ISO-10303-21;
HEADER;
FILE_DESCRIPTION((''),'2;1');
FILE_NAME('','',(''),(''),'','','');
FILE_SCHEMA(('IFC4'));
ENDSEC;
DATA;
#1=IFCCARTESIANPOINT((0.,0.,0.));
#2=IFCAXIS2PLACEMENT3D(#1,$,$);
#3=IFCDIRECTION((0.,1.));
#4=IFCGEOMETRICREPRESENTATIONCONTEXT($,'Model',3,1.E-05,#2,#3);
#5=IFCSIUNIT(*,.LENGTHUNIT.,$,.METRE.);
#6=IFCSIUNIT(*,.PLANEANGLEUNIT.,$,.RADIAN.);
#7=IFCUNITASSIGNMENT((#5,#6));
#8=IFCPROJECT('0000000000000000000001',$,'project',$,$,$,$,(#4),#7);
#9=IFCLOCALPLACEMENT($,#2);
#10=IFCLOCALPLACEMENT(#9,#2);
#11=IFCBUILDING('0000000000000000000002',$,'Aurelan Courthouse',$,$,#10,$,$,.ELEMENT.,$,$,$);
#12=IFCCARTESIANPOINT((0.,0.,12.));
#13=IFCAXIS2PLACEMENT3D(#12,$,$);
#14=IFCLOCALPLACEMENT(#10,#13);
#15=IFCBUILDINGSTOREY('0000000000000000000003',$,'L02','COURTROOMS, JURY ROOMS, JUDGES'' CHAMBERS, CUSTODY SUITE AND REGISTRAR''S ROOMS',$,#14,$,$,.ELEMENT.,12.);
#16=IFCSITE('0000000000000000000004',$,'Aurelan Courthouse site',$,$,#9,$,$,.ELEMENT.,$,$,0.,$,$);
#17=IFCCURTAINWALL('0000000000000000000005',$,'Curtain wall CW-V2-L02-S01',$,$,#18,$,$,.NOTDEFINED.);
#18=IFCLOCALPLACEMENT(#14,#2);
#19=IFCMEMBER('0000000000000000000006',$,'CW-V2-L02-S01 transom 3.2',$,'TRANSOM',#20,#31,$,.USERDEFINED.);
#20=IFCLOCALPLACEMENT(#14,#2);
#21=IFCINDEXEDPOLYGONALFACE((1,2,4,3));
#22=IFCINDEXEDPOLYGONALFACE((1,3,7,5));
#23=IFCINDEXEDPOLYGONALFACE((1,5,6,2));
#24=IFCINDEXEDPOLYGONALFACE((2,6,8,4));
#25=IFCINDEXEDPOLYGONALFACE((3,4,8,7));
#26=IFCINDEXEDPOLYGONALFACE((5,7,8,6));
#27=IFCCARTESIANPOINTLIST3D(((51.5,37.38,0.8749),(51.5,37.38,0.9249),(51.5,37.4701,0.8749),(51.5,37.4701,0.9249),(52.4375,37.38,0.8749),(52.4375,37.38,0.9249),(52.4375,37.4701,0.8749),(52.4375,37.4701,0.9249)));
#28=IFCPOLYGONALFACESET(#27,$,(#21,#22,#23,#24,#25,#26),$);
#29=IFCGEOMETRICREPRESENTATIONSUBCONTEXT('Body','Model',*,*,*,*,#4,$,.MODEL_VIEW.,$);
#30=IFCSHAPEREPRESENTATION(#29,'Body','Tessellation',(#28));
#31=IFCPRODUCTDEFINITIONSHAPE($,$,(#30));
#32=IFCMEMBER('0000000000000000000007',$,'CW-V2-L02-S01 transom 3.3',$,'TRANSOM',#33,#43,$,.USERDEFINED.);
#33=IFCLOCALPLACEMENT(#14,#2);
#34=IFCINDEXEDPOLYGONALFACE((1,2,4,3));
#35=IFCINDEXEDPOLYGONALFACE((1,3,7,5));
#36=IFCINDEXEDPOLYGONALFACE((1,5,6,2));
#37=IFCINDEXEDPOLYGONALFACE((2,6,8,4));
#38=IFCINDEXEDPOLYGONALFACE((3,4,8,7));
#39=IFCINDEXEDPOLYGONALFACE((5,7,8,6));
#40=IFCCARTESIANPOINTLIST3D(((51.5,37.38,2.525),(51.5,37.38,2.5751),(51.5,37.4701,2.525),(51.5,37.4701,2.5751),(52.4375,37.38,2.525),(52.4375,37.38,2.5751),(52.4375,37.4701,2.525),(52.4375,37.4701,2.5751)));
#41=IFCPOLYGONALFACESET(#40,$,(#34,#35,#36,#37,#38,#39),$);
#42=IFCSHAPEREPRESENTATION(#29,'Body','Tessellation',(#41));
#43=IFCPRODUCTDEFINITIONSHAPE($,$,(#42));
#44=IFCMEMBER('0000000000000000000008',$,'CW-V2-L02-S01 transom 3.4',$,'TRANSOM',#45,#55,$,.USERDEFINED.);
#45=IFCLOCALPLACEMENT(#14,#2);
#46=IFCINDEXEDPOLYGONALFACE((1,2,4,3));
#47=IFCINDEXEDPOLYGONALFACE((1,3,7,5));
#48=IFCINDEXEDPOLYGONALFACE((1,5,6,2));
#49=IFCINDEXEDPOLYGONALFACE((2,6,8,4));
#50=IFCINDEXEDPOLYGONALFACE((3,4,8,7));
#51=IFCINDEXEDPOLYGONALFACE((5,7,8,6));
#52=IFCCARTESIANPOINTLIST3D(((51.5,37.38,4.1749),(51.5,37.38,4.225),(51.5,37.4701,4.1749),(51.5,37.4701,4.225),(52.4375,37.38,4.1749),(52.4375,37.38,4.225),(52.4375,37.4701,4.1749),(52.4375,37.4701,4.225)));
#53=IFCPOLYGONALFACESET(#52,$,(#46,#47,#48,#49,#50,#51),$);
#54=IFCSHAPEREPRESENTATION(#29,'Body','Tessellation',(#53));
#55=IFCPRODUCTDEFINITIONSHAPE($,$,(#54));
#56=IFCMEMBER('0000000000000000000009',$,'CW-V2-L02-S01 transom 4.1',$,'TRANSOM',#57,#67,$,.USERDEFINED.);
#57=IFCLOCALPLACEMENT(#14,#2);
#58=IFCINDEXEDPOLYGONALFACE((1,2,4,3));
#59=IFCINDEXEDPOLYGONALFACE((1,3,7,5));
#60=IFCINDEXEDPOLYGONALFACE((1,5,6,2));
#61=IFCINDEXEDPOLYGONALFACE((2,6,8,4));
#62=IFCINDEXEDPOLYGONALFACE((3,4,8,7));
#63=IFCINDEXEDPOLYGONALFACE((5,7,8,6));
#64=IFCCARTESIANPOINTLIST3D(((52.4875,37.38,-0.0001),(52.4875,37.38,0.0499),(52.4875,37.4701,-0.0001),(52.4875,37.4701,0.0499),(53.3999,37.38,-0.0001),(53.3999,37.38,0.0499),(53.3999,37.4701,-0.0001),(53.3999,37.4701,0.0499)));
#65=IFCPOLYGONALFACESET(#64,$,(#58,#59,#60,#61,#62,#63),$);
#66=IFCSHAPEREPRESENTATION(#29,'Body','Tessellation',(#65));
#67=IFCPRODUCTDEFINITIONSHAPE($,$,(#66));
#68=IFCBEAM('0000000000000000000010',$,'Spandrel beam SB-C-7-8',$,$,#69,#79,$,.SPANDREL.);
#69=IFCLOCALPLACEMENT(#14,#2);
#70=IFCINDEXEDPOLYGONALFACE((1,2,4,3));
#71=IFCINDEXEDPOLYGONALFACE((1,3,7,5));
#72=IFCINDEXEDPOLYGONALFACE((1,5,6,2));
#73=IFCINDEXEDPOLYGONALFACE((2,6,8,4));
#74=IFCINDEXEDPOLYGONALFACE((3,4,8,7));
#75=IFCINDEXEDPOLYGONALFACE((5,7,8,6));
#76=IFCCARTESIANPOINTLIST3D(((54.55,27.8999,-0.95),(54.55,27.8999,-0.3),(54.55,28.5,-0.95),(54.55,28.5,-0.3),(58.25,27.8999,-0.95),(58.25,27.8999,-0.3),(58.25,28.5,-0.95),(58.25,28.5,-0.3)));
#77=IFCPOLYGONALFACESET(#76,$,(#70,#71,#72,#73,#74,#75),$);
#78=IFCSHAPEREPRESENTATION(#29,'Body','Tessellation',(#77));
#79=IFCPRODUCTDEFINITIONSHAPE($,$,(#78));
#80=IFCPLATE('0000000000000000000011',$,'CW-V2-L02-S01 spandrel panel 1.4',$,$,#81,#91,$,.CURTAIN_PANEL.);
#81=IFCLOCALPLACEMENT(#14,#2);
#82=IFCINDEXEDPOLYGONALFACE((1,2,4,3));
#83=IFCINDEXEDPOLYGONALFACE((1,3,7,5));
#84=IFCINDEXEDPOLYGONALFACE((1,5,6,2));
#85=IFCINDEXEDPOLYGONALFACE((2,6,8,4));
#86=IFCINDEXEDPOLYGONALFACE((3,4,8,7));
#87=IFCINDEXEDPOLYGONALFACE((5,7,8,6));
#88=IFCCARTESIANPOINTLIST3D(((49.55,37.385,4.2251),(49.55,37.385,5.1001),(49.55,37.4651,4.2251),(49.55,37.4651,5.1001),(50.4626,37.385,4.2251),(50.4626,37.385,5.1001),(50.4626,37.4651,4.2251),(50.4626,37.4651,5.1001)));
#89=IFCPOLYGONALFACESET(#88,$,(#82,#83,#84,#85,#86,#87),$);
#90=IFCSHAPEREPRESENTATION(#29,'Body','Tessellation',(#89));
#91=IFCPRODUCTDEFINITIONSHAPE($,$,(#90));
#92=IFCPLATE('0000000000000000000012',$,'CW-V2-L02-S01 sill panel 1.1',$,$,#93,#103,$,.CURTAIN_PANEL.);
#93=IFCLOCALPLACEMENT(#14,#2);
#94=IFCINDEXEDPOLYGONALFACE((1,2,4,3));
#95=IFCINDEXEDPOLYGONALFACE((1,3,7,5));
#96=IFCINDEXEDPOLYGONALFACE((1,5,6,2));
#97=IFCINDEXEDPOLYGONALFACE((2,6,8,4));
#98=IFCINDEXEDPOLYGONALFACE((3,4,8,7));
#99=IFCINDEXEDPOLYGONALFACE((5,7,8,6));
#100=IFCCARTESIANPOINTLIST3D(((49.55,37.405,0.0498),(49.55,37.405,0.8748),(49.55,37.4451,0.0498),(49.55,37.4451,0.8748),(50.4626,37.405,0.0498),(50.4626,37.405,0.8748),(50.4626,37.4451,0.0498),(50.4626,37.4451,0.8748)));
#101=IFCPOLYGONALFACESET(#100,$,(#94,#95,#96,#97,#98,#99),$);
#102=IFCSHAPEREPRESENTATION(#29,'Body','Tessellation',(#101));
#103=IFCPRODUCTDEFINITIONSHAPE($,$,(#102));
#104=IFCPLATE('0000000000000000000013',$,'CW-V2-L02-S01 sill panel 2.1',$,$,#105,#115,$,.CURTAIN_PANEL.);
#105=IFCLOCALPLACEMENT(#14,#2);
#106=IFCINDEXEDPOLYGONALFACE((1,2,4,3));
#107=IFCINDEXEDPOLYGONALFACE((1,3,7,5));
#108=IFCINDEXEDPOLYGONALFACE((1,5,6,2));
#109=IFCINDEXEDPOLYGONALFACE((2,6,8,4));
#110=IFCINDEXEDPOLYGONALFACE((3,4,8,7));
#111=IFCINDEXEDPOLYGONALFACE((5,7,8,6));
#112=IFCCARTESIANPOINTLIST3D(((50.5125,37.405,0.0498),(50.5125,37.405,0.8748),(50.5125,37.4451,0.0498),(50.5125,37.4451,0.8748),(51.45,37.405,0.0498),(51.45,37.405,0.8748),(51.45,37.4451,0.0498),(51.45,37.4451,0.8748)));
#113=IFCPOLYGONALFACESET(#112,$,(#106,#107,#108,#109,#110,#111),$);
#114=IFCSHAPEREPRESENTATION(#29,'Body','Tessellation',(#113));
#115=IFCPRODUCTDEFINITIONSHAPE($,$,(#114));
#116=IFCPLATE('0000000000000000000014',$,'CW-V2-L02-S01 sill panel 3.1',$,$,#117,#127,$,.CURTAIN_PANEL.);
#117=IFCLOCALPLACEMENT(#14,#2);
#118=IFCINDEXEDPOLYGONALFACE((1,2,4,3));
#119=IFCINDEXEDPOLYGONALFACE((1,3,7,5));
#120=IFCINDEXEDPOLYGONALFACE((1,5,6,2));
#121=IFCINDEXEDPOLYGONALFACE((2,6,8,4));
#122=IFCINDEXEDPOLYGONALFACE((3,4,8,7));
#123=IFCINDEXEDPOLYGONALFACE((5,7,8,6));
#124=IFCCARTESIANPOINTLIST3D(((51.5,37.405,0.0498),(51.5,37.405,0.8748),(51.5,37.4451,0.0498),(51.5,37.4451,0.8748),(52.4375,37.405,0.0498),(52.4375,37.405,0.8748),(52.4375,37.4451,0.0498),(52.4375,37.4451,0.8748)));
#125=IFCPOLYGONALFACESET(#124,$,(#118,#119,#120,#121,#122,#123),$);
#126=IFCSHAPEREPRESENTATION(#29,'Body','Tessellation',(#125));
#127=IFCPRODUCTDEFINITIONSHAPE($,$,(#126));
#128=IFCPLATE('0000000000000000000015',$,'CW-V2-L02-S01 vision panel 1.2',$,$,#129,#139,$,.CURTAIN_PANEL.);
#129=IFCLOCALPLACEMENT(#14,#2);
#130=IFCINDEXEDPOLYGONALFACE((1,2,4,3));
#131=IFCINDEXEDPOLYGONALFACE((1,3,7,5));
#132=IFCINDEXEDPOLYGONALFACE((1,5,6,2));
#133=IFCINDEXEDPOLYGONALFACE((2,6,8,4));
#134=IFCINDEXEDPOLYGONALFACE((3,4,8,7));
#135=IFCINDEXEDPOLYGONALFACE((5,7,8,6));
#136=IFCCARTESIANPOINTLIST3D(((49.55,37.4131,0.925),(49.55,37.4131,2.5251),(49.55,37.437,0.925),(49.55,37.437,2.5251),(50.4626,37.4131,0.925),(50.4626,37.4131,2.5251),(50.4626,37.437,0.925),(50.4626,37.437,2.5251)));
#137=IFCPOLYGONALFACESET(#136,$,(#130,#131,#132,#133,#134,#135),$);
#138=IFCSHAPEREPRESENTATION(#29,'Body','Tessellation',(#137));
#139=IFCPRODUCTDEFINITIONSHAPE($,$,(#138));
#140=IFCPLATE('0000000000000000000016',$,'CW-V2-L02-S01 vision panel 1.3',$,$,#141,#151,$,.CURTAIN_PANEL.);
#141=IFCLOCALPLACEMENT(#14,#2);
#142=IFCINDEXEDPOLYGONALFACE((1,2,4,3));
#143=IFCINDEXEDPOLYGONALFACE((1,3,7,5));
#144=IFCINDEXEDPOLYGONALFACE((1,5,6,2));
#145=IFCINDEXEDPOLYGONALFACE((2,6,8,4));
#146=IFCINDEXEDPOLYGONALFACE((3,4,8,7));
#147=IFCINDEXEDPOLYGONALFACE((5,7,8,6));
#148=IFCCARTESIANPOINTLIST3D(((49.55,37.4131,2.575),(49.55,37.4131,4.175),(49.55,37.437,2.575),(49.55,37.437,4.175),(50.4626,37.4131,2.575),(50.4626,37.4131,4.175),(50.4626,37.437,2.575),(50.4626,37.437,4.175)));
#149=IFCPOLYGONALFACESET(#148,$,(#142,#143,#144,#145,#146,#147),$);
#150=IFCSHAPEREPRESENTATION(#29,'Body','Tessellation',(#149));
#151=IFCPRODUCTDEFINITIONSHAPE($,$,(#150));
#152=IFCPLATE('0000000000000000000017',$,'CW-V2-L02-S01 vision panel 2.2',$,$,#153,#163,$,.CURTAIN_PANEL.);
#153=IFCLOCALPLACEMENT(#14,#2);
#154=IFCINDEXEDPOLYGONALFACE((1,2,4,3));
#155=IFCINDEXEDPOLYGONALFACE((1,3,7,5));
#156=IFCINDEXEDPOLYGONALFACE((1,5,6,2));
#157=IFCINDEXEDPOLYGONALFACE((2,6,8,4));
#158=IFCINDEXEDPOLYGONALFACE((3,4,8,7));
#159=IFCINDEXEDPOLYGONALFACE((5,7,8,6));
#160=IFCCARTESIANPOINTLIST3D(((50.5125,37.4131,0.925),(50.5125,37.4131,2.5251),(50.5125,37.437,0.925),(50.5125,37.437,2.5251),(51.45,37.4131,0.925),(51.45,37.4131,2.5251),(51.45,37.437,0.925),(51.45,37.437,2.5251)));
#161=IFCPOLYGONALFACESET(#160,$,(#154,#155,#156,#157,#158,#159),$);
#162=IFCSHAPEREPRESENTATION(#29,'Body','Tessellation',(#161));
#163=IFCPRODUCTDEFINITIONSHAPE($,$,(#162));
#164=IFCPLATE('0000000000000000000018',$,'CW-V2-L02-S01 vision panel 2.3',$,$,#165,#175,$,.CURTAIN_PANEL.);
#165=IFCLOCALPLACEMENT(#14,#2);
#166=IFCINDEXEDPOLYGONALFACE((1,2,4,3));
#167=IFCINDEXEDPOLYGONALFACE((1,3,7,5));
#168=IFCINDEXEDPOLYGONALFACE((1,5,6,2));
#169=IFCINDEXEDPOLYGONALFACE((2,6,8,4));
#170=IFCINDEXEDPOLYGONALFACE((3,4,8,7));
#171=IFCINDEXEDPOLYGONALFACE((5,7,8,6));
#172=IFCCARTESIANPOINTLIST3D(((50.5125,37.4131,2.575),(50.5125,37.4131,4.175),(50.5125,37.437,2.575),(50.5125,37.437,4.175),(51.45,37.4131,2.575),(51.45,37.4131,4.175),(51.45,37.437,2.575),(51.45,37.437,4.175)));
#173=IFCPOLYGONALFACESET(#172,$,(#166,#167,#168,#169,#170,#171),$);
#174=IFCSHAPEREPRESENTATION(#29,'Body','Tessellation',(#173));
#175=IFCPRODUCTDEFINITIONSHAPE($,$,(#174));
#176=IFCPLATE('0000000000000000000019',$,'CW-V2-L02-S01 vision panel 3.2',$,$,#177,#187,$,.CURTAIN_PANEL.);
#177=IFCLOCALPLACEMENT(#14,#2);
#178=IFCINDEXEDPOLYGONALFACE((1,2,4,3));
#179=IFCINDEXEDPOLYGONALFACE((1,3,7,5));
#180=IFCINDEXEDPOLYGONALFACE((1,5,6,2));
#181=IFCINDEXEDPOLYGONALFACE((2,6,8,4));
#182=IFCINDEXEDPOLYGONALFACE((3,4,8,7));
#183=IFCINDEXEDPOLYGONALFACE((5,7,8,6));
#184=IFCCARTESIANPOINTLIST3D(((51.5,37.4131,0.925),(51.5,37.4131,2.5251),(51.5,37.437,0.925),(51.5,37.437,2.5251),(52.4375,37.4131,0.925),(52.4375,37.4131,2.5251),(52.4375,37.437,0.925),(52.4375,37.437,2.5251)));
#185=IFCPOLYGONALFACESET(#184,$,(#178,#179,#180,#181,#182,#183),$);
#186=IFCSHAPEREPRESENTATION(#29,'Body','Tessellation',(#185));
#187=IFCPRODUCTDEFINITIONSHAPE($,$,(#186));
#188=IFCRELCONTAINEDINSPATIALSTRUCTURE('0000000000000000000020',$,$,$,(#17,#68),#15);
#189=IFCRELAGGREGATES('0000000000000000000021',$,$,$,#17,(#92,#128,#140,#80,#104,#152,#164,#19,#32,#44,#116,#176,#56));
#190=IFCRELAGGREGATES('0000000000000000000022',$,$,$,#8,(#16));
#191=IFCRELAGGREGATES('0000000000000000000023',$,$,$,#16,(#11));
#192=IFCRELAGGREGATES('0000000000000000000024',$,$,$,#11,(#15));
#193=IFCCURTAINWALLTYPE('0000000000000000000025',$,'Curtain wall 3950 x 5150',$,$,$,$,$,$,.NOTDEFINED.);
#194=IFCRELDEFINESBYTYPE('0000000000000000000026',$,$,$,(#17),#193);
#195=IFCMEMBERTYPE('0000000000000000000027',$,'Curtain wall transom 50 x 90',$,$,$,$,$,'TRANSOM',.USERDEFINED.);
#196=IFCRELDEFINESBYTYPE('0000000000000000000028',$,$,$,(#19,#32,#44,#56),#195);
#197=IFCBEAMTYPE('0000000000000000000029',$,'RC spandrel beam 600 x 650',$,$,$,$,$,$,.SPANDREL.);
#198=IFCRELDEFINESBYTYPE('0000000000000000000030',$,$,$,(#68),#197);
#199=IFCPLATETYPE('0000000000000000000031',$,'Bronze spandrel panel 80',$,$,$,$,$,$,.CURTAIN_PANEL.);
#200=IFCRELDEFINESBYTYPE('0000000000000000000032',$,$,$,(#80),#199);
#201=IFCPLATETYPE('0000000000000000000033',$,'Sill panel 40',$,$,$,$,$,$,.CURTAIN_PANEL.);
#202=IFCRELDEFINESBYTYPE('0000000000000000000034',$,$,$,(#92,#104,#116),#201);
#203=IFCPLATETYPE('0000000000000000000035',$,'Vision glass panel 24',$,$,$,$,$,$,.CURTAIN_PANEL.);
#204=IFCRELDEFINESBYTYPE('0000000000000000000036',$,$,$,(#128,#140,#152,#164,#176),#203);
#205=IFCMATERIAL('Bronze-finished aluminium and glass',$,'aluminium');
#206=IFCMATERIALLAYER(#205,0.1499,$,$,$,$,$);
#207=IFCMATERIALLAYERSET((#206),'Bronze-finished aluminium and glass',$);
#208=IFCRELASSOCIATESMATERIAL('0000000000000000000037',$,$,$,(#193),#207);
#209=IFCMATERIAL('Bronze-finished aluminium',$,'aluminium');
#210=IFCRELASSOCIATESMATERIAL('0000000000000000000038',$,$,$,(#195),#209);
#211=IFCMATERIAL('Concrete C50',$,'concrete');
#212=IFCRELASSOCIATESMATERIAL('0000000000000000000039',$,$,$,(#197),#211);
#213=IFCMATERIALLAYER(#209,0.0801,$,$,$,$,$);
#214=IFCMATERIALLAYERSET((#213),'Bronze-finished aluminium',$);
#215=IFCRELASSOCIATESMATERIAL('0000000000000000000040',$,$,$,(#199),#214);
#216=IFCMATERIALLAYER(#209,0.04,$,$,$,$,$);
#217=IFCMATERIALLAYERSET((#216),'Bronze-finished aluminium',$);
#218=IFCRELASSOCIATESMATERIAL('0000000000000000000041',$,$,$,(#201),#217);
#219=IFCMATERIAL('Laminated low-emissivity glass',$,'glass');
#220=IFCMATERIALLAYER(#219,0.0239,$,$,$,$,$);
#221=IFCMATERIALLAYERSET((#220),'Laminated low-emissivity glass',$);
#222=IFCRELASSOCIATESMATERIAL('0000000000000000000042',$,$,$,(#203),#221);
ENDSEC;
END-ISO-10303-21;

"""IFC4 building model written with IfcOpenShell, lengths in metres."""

from ifc_helpers import new_model, si_unit, direction, frame, origin, origin_2d, place, context, subcontext, project, spatial, rectangle, extrude, material, layer, layer_set, material_profile, profile_set, type_object, element, aggregate, save


model = new_model("IFC4")

# Units and contexts
model_context = context("Model", 3, precision=1e-05, world=origin(), true_north=direction((0.0, 1.0)))
body_context = subcontext(model_context, "Body", "Model", "MODEL_VIEW")
ifc_project = project(units=[si_unit("LENGTHUNIT", "METRE"), si_unit("PLANEANGLEUNIT", "RADIAN")], contexts=[model_context])

# Site, building, storey
site_placement = place(None, origin())
site = spatial("IfcSite", under=ifc_project, at=site_placement, Name="Aurelan Courthouse site", CompositionType="ELEMENT", RefElevation=0.0)
building_placement = place(site_placement, origin())
building = spatial("IfcBuilding", under=site, at=building_placement, Name="Aurelan Courthouse", CompositionType="ELEMENT")
storey_placement = place(building_placement, frame((0.0, 0.0, 12.0)))
storey = spatial("IfcBuildingStorey", under=building, at=storey_placement, Name="L02", Description="COURTROOMS, JURY ROOMS, JUDGES' CHAMBERS, CUSTODY SUITE AND REGISTRAR'S ROOMS", CompositionType="ELEMENT", Elevation=12.0)

# Shared definitions
ifc_material_1 = material(Name="Concrete C50", Category="concrete")

# Curtain wall, members
ifc_material_2 = material(Name="Bronze-finished aluminium and glass", Category="aluminium")
ifc_layer_1 = layer(ifc_material_2, 0.1499)
ifc_layer_set_1 = layer_set([ifc_layer_1], Name="Bronze-finished aluminium and glass")
curtain_wall_type = type_object("IfcCurtainWallType", Name="Curtain wall 3950 x 5150", PredefinedType="NOTDEFINED", material=ifc_layer_set_1)
curtain_wall_placement = place(storey_placement, origin())
curtain_wall = element("IfcCurtainWall", 1, at=curtain_wall_placement, inside=storey, type_object=curtain_wall_type, Name="Curtain wall CW-V2-L02-S01", PredefinedType="NOTDEFINED")
ifc_material_3 = material(Name="Bronze-finished aluminium", Category="aluminium")
ifc_material_profile_1 = material_profile(ifc_material_3, rectangle(XDim=0.0901, YDim=0.05, at=origin_2d()), Name="Bronze transom 50 x 90")
ifc_profile_set_1 = profile_set([ifc_material_profile_1], Name="Bronze-finished aluminium")
member_type_1 = type_object("IfcMemberType", Name="Curtain wall transom 50 x 90", ElementType="TRANSOM", PredefinedType="USERDEFINED", material=ifc_profile_set_1)
member_1_placement = place(storey_placement, frame((51.5, 37.425, 0.8999), z_axis=(1.0, 0.0, 0.0), x_axis=(0.0, 1.0, 0.0)))
member_1 = element("IfcMember", 2, at=member_1_placement, type_object=member_type_1, Name="CW-V2-L02-S01 transom 3.2", ObjectType="TRANSOM", PredefinedType="USERDEFINED", context=body_context, shape_type="SweptSolid", body=[
    extrude(rectangle(XDim=0.0901, YDim=0.05, at=origin_2d()), origin(), (0.0, 0.0, 1.0), 0.9375),
])
member_2_placement = place(storey_placement, frame((51.5, 37.425, 2.55), z_axis=(1.0, 0.0, 0.0), x_axis=(0.0, 1.0, 0.0)))
member_2 = element("IfcMember", 3, at=member_2_placement, type_object=member_type_1, Name="CW-V2-L02-S01 transom 3.3", ObjectType="TRANSOM", PredefinedType="USERDEFINED", context=body_context, shape_type="SweptSolid", body=[
    extrude(rectangle(XDim=0.0901, YDim=0.05, at=origin_2d()), origin(), (0.0, 0.0, 1.0), 0.9375),
])
member_3_placement = place(storey_placement, frame((51.5, 37.425, 4.2), z_axis=(1.0, 0.0, 0.0), x_axis=(0.0, 1.0, 0.0)))
member_3 = element("IfcMember", 4, at=member_3_placement, type_object=member_type_1, Name="CW-V2-L02-S01 transom 3.4", ObjectType="TRANSOM", PredefinedType="USERDEFINED", context=body_context, shape_type="SweptSolid", body=[
    extrude(rectangle(XDim=0.0901, YDim=0.05, at=origin_2d()), origin(), (0.0, 0.0, 1.0), 0.9375),
])
member_4_placement = place(storey_placement, frame((52.4875, 37.425, 0.0249), z_axis=(1.0, 0.0, 0.0), x_axis=(0.0, 1.0, 0.0)))
member_4 = element("IfcMember", 5, at=member_4_placement, type_object=member_type_1, Name="CW-V2-L02-S01 transom 4.1", ObjectType="TRANSOM", PredefinedType="USERDEFINED", context=body_context, shape_type="SweptSolid", body=[
    extrude(rectangle(XDim=0.0901, YDim=0.05, at=origin_2d()), origin(), (0.0, 0.0, 1.0), 0.9124),
])

# Beam
ifc_material_profile_2 = material_profile(ifc_material_1, rectangle(XDim=0.6001, YDim=0.6499, at=origin_2d()), Name="RC 600 x 650")
ifc_profile_set_2 = profile_set([ifc_material_profile_2], Name="Concrete C50")
beam_type = type_object("IfcBeamType", Name="RC spandrel beam 600 x 650", PredefinedType="SPANDREL", material=ifc_profile_set_2)
beam_placement = place(storey_placement, frame((54.55, 28.2, -0.625), z_axis=(1.0, 0.0, 0.0), x_axis=(0.0, 1.0, 0.0)))
element("IfcBeam", 6, at=beam_placement, inside=storey, type_object=beam_type, Name="Spandrel beam SB-C-7-8", PredefinedType="SPANDREL", context=body_context, shape_type="SweptSolid", body=[
    extrude(rectangle(XDim=0.6001, YDim=0.6499, at=origin_2d()), origin(), (0.0, 0.0, 1.0), 3.7),
])

# Plates
ifc_layer_2 = layer(ifc_material_3, 0.0801)
ifc_layer_set_2 = layer_set([ifc_layer_2], Name="Bronze-finished aluminium")
plate_type_1 = type_object("IfcPlateType", Name="Bronze spandrel panel 80", PredefinedType="CURTAIN_PANEL", material=ifc_layer_set_2)
plate_1_placement = place(storey_placement, frame((50.0063, 37.425, 4.2251), z_axis=(0.0, 0.0, 1.0), x_axis=(1.0, 0.0, 0.0)))
plate_1 = element("IfcPlate", 7, at=plate_1_placement, type_object=plate_type_1, Name="CW-V2-L02-S01 spandrel panel 1.4", PredefinedType="CURTAIN_PANEL", context=body_context, shape_type="SweptSolid", body=[
    extrude(rectangle(XDim=0.9126, YDim=0.0801, at=origin_2d()), origin(), (0.0, 0.0, 1.0), 0.875),
])
ifc_layer_3 = layer(ifc_material_3, 0.04)
ifc_layer_set_3 = layer_set([ifc_layer_3], Name="Bronze-finished aluminium")
plate_type_2 = type_object("IfcPlateType", Name="Sill panel 40", PredefinedType="CURTAIN_PANEL", material=ifc_layer_set_3)
plate_2_placement = place(storey_placement, frame((50.0063, 37.425, 0.0498), z_axis=(0.0, 0.0, 1.0), x_axis=(1.0, 0.0, 0.0)))
plate_2 = element("IfcPlate", 8, at=plate_2_placement, type_object=plate_type_2, Name="CW-V2-L02-S01 sill panel 1.1", PredefinedType="CURTAIN_PANEL", context=body_context, shape_type="SweptSolid", body=[
    extrude(rectangle(XDim=0.9126, YDim=0.04, at=origin_2d()), origin(), (0.0, 0.0, 1.0), 0.825),
])
plate_3_placement = place(storey_placement, frame((50.9812, 37.425, 0.0498), z_axis=(0.0, 0.0, 1.0), x_axis=(1.0, 0.0, 0.0)))
plate_3 = element("IfcPlate", 9, at=plate_3_placement, type_object=plate_type_2, Name="CW-V2-L02-S01 sill panel 2.1", PredefinedType="CURTAIN_PANEL", context=body_context, shape_type="SweptSolid", body=[
    extrude(rectangle(XDim=0.9375, YDim=0.04, at=origin_2d()), origin(), (0.0, 0.0, 1.0), 0.825),
])
plate_4_placement = place(storey_placement, frame((51.9688, 37.425, 0.0498), z_axis=(0.0, 0.0, 1.0), x_axis=(1.0, 0.0, 0.0)))
plate_4 = element("IfcPlate", 10, at=plate_4_placement, type_object=plate_type_2, Name="CW-V2-L02-S01 sill panel 3.1", PredefinedType="CURTAIN_PANEL", context=body_context, shape_type="SweptSolid", body=[
    extrude(rectangle(XDim=0.9375, YDim=0.04, at=origin_2d()), origin(), (0.0, 0.0, 1.0), 0.825),
])
ifc_material_4 = material(Name="Laminated low-emissivity glass", Category="glass")
ifc_layer_4 = layer(ifc_material_4, 0.0239)
ifc_layer_set_4 = layer_set([ifc_layer_4], Name="Laminated low-emissivity glass")
plate_type_3 = type_object("IfcPlateType", Name="Vision glass panel 24", PredefinedType="CURTAIN_PANEL", material=ifc_layer_set_4)
plate_5_placement = place(storey_placement, frame((50.0063, 37.425, 0.925), z_axis=(0.0, 0.0, 1.0), x_axis=(1.0, 0.0, 0.0)))
plate_5 = element("IfcPlate", 11, at=plate_5_placement, type_object=plate_type_3, Name="CW-V2-L02-S01 vision panel 1.2", PredefinedType="CURTAIN_PANEL", context=body_context, shape_type="SweptSolid", body=[
    extrude(rectangle(XDim=0.9126, YDim=0.0239, at=origin_2d()), origin(), (0.0, 0.0, 1.0), 1.6001),
])
plate_6_placement = place(storey_placement, frame((50.0063, 37.425, 2.575), z_axis=(0.0, 0.0, 1.0), x_axis=(1.0, 0.0, 0.0)))
plate_6 = element("IfcPlate", 12, at=plate_6_placement, type_object=plate_type_3, Name="CW-V2-L02-S01 vision panel 1.3", PredefinedType="CURTAIN_PANEL", context=body_context, shape_type="SweptSolid", body=[
    extrude(rectangle(XDim=0.9126, YDim=0.0239, at=origin_2d()), origin(), (0.0, 0.0, 1.0), 1.6001),
])
plate_7_placement = place(storey_placement, frame((50.9812, 37.425, 0.925), z_axis=(0.0, 0.0, 1.0), x_axis=(1.0, 0.0, 0.0)))
plate_7 = element("IfcPlate", 13, at=plate_7_placement, type_object=plate_type_3, Name="CW-V2-L02-S01 vision panel 2.2", PredefinedType="CURTAIN_PANEL", context=body_context, shape_type="SweptSolid", body=[
    extrude(rectangle(XDim=0.9375, YDim=0.0239, at=origin_2d()), origin(), (0.0, 0.0, 1.0), 1.6001),
])
plate_8_placement = place(storey_placement, frame((50.9812, 37.425, 2.575), z_axis=(0.0, 0.0, 1.0), x_axis=(1.0, 0.0, 0.0)))
plate_8 = element("IfcPlate", 14, at=plate_8_placement, type_object=plate_type_3, Name="CW-V2-L02-S01 vision panel 2.3", PredefinedType="CURTAIN_PANEL", context=body_context, shape_type="SweptSolid", body=[
    extrude(rectangle(XDim=0.9375, YDim=0.0239, at=origin_2d()), origin(), (0.0, 0.0, 1.0), 1.6001),
])
plate_9_placement = place(storey_placement, frame((51.9688, 37.425, 0.925), z_axis=(0.0, 0.0, 1.0), x_axis=(1.0, 0.0, 0.0)))
plate_9 = element("IfcPlate", 15, at=plate_9_placement, type_object=plate_type_3, Name="CW-V2-L02-S01 vision panel 3.2", PredefinedType="CURTAIN_PANEL", context=body_context, shape_type="SweptSolid", body=[
    extrude(rectangle(XDim=0.9375, YDim=0.0239, at=origin_2d()), origin(), (0.0, 0.0, 1.0), 1.6001),
])
aggregate(curtain_wall, [plate_2, plate_5, plate_6, plate_1, plate_3, plate_7, plate_8, member_1, member_2, member_3, plate_4, plate_9, member_4])

save(model, "model.ifc")
